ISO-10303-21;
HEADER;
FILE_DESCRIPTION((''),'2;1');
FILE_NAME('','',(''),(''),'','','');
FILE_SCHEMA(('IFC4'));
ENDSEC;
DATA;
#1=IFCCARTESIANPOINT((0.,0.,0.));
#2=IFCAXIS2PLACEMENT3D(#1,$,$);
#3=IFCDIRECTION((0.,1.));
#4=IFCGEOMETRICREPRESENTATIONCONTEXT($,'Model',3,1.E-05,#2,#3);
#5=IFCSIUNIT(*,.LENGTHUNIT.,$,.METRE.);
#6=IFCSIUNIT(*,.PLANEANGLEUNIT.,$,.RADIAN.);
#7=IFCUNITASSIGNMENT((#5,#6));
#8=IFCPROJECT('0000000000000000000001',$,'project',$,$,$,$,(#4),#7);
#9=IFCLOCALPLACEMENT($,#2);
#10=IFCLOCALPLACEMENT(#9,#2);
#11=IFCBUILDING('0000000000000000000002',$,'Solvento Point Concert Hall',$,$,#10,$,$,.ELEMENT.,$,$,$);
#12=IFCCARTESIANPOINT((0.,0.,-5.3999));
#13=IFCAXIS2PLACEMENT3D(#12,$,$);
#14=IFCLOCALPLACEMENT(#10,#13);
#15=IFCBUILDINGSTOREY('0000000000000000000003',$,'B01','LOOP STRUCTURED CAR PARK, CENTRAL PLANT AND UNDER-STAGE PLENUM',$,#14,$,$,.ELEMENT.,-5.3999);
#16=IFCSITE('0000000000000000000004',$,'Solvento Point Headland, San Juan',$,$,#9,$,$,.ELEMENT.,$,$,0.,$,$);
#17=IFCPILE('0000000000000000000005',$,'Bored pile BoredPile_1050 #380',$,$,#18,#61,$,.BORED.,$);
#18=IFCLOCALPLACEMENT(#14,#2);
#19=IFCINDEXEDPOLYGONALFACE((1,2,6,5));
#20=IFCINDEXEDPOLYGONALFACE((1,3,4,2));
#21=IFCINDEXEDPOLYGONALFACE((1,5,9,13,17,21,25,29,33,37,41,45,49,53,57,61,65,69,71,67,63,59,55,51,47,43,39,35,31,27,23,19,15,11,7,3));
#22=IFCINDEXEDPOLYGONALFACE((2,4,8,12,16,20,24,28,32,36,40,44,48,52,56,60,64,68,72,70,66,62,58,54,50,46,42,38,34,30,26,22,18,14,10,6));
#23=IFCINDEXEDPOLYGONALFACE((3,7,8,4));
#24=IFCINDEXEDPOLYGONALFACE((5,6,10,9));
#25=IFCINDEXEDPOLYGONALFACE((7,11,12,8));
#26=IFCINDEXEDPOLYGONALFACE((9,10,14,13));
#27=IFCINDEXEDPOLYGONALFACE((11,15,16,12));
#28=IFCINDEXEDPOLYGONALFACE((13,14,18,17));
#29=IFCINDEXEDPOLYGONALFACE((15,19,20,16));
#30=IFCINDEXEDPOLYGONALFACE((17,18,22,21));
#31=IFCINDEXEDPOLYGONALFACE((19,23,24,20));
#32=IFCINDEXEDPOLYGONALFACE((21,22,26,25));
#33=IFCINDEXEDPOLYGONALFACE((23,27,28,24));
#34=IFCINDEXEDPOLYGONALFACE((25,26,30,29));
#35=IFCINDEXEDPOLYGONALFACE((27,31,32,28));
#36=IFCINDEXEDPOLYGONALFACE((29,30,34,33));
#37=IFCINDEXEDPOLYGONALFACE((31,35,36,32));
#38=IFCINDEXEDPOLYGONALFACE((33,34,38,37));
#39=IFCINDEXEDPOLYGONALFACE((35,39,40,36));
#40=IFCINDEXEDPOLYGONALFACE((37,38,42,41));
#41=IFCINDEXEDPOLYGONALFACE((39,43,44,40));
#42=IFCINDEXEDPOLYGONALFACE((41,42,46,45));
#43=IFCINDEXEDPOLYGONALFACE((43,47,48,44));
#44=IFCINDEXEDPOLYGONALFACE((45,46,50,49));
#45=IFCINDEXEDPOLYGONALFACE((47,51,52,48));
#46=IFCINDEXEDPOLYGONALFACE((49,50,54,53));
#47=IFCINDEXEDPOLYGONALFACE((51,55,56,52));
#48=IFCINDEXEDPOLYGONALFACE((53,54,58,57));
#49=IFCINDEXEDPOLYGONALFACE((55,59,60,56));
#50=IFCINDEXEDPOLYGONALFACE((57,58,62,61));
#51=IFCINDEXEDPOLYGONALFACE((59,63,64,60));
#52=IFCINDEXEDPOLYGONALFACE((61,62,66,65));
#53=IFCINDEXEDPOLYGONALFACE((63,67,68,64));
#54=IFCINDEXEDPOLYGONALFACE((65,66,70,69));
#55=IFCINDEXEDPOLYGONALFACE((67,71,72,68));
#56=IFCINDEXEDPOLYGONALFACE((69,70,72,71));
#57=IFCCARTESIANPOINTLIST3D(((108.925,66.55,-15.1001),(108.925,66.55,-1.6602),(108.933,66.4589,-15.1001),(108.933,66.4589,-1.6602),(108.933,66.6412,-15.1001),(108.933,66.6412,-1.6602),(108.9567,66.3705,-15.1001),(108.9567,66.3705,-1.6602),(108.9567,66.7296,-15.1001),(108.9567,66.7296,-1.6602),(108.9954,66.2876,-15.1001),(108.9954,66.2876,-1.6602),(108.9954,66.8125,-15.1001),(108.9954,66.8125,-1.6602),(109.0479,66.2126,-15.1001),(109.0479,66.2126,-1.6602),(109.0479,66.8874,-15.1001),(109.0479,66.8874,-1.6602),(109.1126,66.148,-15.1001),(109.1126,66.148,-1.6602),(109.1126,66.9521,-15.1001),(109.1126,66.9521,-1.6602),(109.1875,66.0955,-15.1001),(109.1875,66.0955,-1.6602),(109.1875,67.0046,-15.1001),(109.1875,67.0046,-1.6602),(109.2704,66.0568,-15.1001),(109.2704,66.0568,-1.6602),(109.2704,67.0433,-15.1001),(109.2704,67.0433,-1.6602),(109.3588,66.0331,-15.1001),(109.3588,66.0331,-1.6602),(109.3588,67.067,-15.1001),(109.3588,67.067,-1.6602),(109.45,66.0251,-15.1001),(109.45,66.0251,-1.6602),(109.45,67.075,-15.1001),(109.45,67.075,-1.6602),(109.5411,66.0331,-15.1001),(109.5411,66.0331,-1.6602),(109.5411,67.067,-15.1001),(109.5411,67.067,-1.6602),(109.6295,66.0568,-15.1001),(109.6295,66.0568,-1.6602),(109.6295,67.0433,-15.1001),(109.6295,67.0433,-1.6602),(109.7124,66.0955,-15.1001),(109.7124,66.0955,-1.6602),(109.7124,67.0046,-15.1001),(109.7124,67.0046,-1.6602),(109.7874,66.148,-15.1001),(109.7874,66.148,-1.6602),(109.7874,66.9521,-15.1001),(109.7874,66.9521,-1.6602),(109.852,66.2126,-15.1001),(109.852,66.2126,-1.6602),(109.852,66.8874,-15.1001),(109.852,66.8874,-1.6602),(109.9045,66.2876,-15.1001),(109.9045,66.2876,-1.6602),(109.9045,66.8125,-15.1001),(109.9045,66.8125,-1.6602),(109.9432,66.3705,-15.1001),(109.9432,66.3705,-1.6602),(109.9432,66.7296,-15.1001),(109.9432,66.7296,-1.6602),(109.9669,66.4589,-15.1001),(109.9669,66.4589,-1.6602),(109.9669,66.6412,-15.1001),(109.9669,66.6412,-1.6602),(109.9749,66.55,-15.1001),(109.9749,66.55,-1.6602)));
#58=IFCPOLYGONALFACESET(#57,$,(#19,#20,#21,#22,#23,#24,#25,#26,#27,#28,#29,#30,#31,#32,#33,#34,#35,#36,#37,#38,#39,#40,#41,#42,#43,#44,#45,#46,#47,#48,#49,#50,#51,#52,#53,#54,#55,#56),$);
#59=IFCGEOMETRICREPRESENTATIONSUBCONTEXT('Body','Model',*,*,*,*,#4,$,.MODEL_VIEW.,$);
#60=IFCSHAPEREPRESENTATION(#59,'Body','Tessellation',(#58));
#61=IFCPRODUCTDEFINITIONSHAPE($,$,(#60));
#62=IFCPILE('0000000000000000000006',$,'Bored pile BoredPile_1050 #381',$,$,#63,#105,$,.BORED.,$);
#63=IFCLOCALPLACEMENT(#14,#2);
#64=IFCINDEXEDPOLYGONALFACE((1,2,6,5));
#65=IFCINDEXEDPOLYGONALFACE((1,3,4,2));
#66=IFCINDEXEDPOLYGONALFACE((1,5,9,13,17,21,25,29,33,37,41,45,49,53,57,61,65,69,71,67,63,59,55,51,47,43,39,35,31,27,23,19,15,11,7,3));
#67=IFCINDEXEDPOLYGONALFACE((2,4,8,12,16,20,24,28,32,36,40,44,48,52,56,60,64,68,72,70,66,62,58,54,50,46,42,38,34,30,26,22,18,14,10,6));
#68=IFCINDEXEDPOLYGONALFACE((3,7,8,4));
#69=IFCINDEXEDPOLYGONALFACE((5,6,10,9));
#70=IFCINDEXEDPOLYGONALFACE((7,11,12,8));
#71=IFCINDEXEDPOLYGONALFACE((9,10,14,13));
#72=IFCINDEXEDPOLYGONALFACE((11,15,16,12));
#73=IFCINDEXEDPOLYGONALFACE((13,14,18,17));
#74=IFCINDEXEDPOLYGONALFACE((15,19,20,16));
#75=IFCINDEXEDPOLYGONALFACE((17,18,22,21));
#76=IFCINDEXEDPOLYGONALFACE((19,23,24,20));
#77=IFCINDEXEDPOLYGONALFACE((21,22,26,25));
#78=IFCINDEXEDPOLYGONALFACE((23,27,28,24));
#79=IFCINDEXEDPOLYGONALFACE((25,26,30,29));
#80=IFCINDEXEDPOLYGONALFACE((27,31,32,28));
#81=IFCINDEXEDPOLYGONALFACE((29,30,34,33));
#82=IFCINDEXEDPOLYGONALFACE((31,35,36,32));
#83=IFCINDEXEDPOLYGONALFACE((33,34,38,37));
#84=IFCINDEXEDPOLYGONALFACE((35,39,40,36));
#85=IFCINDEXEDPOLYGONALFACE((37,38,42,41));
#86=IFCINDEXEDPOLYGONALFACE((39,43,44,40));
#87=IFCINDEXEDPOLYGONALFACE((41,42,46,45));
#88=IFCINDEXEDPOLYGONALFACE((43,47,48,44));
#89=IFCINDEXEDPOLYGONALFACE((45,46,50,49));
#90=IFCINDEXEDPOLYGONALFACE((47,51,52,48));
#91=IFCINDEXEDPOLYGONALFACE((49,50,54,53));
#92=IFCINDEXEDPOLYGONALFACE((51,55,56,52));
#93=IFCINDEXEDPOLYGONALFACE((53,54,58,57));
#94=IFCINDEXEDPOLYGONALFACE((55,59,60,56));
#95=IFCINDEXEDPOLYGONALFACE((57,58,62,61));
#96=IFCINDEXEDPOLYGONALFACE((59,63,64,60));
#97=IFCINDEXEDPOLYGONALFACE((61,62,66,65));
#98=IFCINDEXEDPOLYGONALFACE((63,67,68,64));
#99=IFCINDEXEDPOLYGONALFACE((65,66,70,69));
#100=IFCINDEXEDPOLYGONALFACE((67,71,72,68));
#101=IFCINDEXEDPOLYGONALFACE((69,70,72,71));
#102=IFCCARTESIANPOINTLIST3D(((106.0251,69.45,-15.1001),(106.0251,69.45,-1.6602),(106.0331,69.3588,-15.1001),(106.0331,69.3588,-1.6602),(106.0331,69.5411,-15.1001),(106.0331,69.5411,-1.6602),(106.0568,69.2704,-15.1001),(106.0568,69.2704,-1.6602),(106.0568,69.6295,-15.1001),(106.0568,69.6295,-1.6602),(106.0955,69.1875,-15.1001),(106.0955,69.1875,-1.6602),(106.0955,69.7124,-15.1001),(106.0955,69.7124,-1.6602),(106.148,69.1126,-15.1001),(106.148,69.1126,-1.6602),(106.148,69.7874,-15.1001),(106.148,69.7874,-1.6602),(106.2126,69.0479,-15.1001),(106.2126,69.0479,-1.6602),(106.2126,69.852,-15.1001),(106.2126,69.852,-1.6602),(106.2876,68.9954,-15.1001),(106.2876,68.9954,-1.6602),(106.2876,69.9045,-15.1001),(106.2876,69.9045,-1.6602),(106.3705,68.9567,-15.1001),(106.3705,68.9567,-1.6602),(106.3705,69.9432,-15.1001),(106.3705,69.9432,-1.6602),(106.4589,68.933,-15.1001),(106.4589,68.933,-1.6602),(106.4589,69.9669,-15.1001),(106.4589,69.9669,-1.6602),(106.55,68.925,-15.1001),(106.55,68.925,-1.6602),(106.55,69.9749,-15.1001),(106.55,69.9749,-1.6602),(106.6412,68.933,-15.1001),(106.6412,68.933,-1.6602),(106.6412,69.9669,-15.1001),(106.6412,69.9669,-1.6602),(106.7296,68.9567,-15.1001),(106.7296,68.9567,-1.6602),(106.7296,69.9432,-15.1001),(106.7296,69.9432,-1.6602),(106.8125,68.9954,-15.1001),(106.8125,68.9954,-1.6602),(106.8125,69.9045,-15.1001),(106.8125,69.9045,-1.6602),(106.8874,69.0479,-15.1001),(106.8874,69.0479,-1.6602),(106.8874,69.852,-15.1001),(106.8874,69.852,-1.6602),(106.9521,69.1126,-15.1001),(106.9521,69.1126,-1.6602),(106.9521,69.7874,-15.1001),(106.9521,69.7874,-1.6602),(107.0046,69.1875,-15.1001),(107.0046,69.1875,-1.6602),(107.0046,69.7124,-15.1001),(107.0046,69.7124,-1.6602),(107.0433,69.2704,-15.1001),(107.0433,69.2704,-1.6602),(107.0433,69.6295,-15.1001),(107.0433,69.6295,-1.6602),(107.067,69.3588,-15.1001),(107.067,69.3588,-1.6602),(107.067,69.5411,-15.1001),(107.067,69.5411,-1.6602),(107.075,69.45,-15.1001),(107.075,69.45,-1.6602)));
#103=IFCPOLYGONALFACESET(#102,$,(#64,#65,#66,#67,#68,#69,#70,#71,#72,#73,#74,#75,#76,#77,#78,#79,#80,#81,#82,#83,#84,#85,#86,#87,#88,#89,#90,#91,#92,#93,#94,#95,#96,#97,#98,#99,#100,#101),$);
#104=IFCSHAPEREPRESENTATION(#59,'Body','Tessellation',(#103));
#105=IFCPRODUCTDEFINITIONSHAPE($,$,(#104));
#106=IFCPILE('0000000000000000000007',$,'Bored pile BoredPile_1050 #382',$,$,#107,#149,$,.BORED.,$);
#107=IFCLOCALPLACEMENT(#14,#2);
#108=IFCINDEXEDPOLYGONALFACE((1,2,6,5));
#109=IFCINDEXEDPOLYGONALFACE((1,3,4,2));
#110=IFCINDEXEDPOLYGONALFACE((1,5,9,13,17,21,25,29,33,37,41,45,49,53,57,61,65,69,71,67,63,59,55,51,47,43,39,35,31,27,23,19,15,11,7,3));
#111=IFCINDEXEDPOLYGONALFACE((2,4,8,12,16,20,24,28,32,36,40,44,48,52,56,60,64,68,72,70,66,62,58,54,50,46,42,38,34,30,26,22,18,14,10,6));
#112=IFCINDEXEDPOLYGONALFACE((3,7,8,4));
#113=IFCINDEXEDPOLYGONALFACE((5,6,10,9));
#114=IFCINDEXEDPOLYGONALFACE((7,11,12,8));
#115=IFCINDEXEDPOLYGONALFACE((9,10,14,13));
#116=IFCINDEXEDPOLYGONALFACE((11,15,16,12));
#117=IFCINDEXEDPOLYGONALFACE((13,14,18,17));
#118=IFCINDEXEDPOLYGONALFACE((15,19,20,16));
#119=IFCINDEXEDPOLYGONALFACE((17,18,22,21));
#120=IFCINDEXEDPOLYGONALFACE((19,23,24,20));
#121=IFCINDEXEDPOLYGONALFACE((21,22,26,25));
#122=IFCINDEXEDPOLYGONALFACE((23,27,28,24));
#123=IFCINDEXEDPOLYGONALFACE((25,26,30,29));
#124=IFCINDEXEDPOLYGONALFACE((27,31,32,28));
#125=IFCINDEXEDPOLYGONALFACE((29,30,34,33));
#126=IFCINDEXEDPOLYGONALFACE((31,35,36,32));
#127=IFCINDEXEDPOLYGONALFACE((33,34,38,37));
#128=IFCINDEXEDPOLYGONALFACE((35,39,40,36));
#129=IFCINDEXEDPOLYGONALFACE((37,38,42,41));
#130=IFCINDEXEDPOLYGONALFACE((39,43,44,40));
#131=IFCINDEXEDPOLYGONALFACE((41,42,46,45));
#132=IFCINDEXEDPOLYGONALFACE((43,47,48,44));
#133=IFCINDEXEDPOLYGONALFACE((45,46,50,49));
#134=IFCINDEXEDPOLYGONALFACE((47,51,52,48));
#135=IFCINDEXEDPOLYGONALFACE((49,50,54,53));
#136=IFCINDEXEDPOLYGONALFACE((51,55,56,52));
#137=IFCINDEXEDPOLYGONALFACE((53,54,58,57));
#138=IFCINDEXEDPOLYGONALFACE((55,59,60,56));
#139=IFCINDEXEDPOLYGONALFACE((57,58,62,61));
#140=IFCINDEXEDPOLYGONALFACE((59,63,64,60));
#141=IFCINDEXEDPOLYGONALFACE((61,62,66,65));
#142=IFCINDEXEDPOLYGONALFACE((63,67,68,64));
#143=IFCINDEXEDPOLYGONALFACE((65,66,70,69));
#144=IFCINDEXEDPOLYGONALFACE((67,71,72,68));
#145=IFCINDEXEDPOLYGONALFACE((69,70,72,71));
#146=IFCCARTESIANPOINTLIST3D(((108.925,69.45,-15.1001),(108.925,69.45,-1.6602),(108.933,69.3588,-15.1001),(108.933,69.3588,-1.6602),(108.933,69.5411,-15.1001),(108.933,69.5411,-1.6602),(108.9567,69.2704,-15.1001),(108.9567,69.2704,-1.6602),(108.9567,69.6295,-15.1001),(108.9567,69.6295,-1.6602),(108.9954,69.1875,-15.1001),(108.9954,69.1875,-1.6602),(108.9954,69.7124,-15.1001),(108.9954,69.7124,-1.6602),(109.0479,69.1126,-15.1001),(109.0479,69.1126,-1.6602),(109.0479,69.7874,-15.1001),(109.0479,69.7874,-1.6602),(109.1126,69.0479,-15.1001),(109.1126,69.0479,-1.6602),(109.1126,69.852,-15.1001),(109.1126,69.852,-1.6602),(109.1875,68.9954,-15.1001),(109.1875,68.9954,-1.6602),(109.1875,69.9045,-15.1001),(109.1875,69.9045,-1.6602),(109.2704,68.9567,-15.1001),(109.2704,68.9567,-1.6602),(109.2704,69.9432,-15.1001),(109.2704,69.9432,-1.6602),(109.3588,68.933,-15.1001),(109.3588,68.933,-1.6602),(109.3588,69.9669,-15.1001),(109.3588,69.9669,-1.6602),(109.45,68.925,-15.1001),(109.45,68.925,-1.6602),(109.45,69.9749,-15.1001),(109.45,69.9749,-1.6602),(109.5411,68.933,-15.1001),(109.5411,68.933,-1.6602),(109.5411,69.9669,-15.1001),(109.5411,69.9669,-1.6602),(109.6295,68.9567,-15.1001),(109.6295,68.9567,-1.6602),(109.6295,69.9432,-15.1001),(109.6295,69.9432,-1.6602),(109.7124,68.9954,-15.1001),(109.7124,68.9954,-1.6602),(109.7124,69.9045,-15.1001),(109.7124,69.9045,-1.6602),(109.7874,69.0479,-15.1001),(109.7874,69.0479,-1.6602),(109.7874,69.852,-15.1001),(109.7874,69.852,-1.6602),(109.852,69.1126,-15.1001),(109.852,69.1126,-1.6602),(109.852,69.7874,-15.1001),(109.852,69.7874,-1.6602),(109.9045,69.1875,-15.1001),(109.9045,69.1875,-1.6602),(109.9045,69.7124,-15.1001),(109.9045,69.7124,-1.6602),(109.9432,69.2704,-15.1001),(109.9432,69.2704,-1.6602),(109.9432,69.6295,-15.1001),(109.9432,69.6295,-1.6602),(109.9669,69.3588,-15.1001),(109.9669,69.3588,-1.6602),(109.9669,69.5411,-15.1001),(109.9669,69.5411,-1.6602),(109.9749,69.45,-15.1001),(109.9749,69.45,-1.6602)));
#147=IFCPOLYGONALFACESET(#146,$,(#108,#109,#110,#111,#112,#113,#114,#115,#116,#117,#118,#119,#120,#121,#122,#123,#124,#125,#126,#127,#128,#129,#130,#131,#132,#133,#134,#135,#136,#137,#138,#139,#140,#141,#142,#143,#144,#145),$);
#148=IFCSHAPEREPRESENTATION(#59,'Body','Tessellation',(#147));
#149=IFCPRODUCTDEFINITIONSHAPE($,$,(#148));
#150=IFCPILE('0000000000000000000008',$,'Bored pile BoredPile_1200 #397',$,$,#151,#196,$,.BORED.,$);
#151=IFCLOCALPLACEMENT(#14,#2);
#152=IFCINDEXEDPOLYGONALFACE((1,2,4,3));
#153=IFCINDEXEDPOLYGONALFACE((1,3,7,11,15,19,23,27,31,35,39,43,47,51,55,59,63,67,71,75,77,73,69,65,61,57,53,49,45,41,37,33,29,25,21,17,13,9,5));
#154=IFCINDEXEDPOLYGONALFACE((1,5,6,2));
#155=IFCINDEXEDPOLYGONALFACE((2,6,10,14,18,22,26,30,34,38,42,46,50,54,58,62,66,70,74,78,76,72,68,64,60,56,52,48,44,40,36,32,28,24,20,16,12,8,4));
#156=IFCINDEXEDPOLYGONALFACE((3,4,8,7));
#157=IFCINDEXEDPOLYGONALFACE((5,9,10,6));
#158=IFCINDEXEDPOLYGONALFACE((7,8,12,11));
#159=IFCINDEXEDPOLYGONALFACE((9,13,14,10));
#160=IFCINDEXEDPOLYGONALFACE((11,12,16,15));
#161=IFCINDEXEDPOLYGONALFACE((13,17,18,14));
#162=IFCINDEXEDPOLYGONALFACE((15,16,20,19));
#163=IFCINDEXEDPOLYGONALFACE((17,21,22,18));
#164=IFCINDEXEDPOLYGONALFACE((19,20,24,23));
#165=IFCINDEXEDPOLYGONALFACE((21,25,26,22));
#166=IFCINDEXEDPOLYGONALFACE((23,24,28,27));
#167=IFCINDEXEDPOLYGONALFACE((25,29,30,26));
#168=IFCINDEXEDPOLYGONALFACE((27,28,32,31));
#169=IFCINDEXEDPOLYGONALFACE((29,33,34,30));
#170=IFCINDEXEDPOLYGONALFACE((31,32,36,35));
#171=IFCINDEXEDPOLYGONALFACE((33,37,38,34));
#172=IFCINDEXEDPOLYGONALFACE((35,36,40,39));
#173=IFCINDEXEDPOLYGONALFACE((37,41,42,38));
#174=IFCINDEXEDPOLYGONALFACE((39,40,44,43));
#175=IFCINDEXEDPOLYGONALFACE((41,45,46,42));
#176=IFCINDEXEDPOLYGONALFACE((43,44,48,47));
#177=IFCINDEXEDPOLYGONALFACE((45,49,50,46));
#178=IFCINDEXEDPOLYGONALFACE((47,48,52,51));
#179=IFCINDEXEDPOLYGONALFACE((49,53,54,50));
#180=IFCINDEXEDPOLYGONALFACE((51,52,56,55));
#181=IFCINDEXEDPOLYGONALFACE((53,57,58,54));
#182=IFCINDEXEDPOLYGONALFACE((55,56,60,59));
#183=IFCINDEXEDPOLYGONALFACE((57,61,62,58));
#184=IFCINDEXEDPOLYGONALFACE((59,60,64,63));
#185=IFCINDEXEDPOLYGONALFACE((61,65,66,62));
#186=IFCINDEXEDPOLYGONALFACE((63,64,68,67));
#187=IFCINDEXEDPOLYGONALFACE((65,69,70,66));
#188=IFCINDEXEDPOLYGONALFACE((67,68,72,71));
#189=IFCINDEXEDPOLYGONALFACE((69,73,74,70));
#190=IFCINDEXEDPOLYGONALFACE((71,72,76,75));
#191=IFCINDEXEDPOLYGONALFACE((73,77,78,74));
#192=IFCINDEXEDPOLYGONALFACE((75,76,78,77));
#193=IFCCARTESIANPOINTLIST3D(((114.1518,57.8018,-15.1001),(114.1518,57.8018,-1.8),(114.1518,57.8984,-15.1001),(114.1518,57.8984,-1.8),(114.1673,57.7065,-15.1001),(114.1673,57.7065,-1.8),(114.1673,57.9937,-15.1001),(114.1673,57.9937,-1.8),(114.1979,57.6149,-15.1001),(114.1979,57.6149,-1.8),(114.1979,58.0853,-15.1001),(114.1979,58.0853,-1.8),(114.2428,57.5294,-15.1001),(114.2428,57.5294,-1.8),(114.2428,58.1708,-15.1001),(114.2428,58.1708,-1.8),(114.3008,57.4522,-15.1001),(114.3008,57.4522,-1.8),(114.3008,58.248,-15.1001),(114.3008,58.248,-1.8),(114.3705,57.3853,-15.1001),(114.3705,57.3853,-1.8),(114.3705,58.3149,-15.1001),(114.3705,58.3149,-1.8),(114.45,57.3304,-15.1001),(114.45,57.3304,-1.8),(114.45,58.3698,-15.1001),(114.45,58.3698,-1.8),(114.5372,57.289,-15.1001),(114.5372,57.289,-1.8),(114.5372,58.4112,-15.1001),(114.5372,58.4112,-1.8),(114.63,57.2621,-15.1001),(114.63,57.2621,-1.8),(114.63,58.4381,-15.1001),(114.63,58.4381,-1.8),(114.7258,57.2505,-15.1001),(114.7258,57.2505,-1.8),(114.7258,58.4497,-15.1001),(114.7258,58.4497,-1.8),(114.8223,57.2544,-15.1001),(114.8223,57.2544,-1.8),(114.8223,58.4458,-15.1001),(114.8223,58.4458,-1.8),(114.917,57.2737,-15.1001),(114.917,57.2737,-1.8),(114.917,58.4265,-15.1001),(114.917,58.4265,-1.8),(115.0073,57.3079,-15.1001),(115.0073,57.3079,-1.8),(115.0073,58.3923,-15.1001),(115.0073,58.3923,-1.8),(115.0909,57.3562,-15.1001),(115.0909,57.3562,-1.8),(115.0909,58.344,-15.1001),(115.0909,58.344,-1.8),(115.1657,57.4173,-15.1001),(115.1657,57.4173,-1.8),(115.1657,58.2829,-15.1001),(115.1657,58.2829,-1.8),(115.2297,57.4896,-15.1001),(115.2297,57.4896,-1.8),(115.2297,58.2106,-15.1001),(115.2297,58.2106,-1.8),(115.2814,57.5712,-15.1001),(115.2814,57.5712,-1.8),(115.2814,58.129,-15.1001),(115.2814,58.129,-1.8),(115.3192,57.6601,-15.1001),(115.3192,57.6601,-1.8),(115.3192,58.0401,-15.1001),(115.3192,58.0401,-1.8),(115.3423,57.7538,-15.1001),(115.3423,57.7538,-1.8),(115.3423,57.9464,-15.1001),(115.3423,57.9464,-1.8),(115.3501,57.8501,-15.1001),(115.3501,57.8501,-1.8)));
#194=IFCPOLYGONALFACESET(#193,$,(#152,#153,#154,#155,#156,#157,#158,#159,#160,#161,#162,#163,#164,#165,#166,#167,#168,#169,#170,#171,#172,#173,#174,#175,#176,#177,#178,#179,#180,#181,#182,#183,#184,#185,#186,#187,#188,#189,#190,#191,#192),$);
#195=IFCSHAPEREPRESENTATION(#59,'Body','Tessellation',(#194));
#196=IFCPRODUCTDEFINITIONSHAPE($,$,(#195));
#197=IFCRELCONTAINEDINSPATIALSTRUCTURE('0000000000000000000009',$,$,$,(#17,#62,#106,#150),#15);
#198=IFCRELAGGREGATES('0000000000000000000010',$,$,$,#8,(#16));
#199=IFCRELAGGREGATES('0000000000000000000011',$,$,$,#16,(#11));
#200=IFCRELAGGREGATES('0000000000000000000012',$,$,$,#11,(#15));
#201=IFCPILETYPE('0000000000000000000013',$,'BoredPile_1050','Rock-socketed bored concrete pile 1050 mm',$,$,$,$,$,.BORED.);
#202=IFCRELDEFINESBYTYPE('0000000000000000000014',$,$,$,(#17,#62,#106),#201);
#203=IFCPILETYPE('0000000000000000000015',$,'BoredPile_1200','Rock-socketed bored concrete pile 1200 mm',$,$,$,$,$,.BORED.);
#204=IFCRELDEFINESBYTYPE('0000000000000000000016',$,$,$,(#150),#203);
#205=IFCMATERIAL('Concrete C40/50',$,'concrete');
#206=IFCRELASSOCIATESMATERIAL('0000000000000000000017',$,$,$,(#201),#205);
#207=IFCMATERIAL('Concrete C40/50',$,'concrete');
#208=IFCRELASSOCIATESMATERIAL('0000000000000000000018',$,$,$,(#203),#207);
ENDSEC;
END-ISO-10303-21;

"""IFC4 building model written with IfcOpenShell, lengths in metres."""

from ifc_helpers import new_model, si_unit, direction, frame, origin, origin_2d, place, context, subcontext, project, spatial, circle, extrude, material, material_profile, profile_set, type_object, element, save


model = new_model("IFC4")

# Units and contexts
model_context = context("Model", 3, precision=1e-05, world=origin(), true_north=direction((0.0, 1.0)))
body_context = subcontext(model_context, "Body", "Model", "MODEL_VIEW")
ifc_project = project(units=[si_unit("LENGTHUNIT", "METRE"), si_unit("PLANEANGLEUNIT", "RADIAN")], contexts=[model_context])

# Site, building, storey
site_placement = place(None, origin())
site = spatial("IfcSite", under=ifc_project, at=site_placement, Name="Solvento Point Headland, San Juan", CompositionType="ELEMENT", RefElevation=0.0)
building_placement = place(site_placement, origin())
building = spatial("IfcBuilding", under=site, at=building_placement, Name="Solvento Point Concert Hall", CompositionType="ELEMENT")
storey_placement = place(building_placement, frame((0.0, 0.0, -5.3999)))
storey = spatial("IfcBuildingStorey", under=building, at=storey_placement, Name="B01", Description="LOOP STRUCTURED CAR PARK, CENTRAL PLANT AND UNDER-STAGE PLENUM", CompositionType="ELEMENT", Elevation=-5.3999)

# Piles
ifc_material_1 = material(Name="Concrete C40/50", Category="concrete")
ifc_material_profile_1 = material_profile(ifc_material_1, circle(Radius=0.5249, at=origin_2d()), Name="BP-1050")
ifc_profile_set_1 = profile_set([ifc_material_profile_1], Name="Concrete C40/50")
pile_type_1 = type_object("IfcPileType", Name="BoredPile_1050", Description="Rock-socketed bored concrete pile 1050 mm", PredefinedType="BORED", material=ifc_profile_set_1)
for number, where, z_axis, x_axis, name in (
    (1, (109.45, 66.55, -1.6602), (0.0, 0.0, -1.0), (1.0, 0.0, 0.0), "Bored pile BoredPile_1050 #380"),
    (2, (106.55, 69.45, -1.6602), (0.0, 0.0, -1.0), (1.0, 0.0, 0.0), "Bored pile BoredPile_1050 #381"),
    (3, (109.45, 69.45, -1.6602), (0.0, 0.0, -1.0), (1.0, 0.0, 0.0), "Bored pile BoredPile_1050 #382"),
):
    element("IfcPile", number, at=place(storey_placement, frame(where, z_axis=z_axis, x_axis=x_axis)), inside=storey, type_object=pile_type_1, Name=name, PredefinedType="BORED", context=body_context, shape_type="SweptSolid", body=[
        extrude(circle(Radius=0.5249, at=origin_2d()), origin(), (0.0, 0.0, 1.0), 13.4399),
    ])
ifc_material_2 = material(Name="Concrete C40/50", Category="concrete")
ifc_material_profile_2 = material_profile(ifc_material_2, circle(Radius=0.6001, at=origin_2d()), Name="BP-1200")
ifc_profile_set_2 = profile_set([ifc_material_profile_2], Name="Concrete C40/50")
pile_type_2 = type_object("IfcPileType", Name="BoredPile_1200", Description="Rock-socketed bored concrete pile 1200 mm", PredefinedType="BORED", material=ifc_profile_set_2)
for number, where, z_axis, x_axis, name in (
    (4, (114.75, 57.8501, -1.8), (0.0, 0.0, -1.0), (1.0, 0.0, 0.0), "Bored pile BoredPile_1200 #397"),
):
    element("IfcPile", number, at=place(storey_placement, frame(where, z_axis=z_axis, x_axis=x_axis)), inside=storey, type_object=pile_type_2, Name=name, PredefinedType="BORED", context=body_context, shape_type="SweptSolid", body=[
        extrude(circle(Radius=0.6001, at=origin_2d()), origin(), (0.0, 0.0, 1.0), 13.3),
    ])

save(model, "model.ifc")
